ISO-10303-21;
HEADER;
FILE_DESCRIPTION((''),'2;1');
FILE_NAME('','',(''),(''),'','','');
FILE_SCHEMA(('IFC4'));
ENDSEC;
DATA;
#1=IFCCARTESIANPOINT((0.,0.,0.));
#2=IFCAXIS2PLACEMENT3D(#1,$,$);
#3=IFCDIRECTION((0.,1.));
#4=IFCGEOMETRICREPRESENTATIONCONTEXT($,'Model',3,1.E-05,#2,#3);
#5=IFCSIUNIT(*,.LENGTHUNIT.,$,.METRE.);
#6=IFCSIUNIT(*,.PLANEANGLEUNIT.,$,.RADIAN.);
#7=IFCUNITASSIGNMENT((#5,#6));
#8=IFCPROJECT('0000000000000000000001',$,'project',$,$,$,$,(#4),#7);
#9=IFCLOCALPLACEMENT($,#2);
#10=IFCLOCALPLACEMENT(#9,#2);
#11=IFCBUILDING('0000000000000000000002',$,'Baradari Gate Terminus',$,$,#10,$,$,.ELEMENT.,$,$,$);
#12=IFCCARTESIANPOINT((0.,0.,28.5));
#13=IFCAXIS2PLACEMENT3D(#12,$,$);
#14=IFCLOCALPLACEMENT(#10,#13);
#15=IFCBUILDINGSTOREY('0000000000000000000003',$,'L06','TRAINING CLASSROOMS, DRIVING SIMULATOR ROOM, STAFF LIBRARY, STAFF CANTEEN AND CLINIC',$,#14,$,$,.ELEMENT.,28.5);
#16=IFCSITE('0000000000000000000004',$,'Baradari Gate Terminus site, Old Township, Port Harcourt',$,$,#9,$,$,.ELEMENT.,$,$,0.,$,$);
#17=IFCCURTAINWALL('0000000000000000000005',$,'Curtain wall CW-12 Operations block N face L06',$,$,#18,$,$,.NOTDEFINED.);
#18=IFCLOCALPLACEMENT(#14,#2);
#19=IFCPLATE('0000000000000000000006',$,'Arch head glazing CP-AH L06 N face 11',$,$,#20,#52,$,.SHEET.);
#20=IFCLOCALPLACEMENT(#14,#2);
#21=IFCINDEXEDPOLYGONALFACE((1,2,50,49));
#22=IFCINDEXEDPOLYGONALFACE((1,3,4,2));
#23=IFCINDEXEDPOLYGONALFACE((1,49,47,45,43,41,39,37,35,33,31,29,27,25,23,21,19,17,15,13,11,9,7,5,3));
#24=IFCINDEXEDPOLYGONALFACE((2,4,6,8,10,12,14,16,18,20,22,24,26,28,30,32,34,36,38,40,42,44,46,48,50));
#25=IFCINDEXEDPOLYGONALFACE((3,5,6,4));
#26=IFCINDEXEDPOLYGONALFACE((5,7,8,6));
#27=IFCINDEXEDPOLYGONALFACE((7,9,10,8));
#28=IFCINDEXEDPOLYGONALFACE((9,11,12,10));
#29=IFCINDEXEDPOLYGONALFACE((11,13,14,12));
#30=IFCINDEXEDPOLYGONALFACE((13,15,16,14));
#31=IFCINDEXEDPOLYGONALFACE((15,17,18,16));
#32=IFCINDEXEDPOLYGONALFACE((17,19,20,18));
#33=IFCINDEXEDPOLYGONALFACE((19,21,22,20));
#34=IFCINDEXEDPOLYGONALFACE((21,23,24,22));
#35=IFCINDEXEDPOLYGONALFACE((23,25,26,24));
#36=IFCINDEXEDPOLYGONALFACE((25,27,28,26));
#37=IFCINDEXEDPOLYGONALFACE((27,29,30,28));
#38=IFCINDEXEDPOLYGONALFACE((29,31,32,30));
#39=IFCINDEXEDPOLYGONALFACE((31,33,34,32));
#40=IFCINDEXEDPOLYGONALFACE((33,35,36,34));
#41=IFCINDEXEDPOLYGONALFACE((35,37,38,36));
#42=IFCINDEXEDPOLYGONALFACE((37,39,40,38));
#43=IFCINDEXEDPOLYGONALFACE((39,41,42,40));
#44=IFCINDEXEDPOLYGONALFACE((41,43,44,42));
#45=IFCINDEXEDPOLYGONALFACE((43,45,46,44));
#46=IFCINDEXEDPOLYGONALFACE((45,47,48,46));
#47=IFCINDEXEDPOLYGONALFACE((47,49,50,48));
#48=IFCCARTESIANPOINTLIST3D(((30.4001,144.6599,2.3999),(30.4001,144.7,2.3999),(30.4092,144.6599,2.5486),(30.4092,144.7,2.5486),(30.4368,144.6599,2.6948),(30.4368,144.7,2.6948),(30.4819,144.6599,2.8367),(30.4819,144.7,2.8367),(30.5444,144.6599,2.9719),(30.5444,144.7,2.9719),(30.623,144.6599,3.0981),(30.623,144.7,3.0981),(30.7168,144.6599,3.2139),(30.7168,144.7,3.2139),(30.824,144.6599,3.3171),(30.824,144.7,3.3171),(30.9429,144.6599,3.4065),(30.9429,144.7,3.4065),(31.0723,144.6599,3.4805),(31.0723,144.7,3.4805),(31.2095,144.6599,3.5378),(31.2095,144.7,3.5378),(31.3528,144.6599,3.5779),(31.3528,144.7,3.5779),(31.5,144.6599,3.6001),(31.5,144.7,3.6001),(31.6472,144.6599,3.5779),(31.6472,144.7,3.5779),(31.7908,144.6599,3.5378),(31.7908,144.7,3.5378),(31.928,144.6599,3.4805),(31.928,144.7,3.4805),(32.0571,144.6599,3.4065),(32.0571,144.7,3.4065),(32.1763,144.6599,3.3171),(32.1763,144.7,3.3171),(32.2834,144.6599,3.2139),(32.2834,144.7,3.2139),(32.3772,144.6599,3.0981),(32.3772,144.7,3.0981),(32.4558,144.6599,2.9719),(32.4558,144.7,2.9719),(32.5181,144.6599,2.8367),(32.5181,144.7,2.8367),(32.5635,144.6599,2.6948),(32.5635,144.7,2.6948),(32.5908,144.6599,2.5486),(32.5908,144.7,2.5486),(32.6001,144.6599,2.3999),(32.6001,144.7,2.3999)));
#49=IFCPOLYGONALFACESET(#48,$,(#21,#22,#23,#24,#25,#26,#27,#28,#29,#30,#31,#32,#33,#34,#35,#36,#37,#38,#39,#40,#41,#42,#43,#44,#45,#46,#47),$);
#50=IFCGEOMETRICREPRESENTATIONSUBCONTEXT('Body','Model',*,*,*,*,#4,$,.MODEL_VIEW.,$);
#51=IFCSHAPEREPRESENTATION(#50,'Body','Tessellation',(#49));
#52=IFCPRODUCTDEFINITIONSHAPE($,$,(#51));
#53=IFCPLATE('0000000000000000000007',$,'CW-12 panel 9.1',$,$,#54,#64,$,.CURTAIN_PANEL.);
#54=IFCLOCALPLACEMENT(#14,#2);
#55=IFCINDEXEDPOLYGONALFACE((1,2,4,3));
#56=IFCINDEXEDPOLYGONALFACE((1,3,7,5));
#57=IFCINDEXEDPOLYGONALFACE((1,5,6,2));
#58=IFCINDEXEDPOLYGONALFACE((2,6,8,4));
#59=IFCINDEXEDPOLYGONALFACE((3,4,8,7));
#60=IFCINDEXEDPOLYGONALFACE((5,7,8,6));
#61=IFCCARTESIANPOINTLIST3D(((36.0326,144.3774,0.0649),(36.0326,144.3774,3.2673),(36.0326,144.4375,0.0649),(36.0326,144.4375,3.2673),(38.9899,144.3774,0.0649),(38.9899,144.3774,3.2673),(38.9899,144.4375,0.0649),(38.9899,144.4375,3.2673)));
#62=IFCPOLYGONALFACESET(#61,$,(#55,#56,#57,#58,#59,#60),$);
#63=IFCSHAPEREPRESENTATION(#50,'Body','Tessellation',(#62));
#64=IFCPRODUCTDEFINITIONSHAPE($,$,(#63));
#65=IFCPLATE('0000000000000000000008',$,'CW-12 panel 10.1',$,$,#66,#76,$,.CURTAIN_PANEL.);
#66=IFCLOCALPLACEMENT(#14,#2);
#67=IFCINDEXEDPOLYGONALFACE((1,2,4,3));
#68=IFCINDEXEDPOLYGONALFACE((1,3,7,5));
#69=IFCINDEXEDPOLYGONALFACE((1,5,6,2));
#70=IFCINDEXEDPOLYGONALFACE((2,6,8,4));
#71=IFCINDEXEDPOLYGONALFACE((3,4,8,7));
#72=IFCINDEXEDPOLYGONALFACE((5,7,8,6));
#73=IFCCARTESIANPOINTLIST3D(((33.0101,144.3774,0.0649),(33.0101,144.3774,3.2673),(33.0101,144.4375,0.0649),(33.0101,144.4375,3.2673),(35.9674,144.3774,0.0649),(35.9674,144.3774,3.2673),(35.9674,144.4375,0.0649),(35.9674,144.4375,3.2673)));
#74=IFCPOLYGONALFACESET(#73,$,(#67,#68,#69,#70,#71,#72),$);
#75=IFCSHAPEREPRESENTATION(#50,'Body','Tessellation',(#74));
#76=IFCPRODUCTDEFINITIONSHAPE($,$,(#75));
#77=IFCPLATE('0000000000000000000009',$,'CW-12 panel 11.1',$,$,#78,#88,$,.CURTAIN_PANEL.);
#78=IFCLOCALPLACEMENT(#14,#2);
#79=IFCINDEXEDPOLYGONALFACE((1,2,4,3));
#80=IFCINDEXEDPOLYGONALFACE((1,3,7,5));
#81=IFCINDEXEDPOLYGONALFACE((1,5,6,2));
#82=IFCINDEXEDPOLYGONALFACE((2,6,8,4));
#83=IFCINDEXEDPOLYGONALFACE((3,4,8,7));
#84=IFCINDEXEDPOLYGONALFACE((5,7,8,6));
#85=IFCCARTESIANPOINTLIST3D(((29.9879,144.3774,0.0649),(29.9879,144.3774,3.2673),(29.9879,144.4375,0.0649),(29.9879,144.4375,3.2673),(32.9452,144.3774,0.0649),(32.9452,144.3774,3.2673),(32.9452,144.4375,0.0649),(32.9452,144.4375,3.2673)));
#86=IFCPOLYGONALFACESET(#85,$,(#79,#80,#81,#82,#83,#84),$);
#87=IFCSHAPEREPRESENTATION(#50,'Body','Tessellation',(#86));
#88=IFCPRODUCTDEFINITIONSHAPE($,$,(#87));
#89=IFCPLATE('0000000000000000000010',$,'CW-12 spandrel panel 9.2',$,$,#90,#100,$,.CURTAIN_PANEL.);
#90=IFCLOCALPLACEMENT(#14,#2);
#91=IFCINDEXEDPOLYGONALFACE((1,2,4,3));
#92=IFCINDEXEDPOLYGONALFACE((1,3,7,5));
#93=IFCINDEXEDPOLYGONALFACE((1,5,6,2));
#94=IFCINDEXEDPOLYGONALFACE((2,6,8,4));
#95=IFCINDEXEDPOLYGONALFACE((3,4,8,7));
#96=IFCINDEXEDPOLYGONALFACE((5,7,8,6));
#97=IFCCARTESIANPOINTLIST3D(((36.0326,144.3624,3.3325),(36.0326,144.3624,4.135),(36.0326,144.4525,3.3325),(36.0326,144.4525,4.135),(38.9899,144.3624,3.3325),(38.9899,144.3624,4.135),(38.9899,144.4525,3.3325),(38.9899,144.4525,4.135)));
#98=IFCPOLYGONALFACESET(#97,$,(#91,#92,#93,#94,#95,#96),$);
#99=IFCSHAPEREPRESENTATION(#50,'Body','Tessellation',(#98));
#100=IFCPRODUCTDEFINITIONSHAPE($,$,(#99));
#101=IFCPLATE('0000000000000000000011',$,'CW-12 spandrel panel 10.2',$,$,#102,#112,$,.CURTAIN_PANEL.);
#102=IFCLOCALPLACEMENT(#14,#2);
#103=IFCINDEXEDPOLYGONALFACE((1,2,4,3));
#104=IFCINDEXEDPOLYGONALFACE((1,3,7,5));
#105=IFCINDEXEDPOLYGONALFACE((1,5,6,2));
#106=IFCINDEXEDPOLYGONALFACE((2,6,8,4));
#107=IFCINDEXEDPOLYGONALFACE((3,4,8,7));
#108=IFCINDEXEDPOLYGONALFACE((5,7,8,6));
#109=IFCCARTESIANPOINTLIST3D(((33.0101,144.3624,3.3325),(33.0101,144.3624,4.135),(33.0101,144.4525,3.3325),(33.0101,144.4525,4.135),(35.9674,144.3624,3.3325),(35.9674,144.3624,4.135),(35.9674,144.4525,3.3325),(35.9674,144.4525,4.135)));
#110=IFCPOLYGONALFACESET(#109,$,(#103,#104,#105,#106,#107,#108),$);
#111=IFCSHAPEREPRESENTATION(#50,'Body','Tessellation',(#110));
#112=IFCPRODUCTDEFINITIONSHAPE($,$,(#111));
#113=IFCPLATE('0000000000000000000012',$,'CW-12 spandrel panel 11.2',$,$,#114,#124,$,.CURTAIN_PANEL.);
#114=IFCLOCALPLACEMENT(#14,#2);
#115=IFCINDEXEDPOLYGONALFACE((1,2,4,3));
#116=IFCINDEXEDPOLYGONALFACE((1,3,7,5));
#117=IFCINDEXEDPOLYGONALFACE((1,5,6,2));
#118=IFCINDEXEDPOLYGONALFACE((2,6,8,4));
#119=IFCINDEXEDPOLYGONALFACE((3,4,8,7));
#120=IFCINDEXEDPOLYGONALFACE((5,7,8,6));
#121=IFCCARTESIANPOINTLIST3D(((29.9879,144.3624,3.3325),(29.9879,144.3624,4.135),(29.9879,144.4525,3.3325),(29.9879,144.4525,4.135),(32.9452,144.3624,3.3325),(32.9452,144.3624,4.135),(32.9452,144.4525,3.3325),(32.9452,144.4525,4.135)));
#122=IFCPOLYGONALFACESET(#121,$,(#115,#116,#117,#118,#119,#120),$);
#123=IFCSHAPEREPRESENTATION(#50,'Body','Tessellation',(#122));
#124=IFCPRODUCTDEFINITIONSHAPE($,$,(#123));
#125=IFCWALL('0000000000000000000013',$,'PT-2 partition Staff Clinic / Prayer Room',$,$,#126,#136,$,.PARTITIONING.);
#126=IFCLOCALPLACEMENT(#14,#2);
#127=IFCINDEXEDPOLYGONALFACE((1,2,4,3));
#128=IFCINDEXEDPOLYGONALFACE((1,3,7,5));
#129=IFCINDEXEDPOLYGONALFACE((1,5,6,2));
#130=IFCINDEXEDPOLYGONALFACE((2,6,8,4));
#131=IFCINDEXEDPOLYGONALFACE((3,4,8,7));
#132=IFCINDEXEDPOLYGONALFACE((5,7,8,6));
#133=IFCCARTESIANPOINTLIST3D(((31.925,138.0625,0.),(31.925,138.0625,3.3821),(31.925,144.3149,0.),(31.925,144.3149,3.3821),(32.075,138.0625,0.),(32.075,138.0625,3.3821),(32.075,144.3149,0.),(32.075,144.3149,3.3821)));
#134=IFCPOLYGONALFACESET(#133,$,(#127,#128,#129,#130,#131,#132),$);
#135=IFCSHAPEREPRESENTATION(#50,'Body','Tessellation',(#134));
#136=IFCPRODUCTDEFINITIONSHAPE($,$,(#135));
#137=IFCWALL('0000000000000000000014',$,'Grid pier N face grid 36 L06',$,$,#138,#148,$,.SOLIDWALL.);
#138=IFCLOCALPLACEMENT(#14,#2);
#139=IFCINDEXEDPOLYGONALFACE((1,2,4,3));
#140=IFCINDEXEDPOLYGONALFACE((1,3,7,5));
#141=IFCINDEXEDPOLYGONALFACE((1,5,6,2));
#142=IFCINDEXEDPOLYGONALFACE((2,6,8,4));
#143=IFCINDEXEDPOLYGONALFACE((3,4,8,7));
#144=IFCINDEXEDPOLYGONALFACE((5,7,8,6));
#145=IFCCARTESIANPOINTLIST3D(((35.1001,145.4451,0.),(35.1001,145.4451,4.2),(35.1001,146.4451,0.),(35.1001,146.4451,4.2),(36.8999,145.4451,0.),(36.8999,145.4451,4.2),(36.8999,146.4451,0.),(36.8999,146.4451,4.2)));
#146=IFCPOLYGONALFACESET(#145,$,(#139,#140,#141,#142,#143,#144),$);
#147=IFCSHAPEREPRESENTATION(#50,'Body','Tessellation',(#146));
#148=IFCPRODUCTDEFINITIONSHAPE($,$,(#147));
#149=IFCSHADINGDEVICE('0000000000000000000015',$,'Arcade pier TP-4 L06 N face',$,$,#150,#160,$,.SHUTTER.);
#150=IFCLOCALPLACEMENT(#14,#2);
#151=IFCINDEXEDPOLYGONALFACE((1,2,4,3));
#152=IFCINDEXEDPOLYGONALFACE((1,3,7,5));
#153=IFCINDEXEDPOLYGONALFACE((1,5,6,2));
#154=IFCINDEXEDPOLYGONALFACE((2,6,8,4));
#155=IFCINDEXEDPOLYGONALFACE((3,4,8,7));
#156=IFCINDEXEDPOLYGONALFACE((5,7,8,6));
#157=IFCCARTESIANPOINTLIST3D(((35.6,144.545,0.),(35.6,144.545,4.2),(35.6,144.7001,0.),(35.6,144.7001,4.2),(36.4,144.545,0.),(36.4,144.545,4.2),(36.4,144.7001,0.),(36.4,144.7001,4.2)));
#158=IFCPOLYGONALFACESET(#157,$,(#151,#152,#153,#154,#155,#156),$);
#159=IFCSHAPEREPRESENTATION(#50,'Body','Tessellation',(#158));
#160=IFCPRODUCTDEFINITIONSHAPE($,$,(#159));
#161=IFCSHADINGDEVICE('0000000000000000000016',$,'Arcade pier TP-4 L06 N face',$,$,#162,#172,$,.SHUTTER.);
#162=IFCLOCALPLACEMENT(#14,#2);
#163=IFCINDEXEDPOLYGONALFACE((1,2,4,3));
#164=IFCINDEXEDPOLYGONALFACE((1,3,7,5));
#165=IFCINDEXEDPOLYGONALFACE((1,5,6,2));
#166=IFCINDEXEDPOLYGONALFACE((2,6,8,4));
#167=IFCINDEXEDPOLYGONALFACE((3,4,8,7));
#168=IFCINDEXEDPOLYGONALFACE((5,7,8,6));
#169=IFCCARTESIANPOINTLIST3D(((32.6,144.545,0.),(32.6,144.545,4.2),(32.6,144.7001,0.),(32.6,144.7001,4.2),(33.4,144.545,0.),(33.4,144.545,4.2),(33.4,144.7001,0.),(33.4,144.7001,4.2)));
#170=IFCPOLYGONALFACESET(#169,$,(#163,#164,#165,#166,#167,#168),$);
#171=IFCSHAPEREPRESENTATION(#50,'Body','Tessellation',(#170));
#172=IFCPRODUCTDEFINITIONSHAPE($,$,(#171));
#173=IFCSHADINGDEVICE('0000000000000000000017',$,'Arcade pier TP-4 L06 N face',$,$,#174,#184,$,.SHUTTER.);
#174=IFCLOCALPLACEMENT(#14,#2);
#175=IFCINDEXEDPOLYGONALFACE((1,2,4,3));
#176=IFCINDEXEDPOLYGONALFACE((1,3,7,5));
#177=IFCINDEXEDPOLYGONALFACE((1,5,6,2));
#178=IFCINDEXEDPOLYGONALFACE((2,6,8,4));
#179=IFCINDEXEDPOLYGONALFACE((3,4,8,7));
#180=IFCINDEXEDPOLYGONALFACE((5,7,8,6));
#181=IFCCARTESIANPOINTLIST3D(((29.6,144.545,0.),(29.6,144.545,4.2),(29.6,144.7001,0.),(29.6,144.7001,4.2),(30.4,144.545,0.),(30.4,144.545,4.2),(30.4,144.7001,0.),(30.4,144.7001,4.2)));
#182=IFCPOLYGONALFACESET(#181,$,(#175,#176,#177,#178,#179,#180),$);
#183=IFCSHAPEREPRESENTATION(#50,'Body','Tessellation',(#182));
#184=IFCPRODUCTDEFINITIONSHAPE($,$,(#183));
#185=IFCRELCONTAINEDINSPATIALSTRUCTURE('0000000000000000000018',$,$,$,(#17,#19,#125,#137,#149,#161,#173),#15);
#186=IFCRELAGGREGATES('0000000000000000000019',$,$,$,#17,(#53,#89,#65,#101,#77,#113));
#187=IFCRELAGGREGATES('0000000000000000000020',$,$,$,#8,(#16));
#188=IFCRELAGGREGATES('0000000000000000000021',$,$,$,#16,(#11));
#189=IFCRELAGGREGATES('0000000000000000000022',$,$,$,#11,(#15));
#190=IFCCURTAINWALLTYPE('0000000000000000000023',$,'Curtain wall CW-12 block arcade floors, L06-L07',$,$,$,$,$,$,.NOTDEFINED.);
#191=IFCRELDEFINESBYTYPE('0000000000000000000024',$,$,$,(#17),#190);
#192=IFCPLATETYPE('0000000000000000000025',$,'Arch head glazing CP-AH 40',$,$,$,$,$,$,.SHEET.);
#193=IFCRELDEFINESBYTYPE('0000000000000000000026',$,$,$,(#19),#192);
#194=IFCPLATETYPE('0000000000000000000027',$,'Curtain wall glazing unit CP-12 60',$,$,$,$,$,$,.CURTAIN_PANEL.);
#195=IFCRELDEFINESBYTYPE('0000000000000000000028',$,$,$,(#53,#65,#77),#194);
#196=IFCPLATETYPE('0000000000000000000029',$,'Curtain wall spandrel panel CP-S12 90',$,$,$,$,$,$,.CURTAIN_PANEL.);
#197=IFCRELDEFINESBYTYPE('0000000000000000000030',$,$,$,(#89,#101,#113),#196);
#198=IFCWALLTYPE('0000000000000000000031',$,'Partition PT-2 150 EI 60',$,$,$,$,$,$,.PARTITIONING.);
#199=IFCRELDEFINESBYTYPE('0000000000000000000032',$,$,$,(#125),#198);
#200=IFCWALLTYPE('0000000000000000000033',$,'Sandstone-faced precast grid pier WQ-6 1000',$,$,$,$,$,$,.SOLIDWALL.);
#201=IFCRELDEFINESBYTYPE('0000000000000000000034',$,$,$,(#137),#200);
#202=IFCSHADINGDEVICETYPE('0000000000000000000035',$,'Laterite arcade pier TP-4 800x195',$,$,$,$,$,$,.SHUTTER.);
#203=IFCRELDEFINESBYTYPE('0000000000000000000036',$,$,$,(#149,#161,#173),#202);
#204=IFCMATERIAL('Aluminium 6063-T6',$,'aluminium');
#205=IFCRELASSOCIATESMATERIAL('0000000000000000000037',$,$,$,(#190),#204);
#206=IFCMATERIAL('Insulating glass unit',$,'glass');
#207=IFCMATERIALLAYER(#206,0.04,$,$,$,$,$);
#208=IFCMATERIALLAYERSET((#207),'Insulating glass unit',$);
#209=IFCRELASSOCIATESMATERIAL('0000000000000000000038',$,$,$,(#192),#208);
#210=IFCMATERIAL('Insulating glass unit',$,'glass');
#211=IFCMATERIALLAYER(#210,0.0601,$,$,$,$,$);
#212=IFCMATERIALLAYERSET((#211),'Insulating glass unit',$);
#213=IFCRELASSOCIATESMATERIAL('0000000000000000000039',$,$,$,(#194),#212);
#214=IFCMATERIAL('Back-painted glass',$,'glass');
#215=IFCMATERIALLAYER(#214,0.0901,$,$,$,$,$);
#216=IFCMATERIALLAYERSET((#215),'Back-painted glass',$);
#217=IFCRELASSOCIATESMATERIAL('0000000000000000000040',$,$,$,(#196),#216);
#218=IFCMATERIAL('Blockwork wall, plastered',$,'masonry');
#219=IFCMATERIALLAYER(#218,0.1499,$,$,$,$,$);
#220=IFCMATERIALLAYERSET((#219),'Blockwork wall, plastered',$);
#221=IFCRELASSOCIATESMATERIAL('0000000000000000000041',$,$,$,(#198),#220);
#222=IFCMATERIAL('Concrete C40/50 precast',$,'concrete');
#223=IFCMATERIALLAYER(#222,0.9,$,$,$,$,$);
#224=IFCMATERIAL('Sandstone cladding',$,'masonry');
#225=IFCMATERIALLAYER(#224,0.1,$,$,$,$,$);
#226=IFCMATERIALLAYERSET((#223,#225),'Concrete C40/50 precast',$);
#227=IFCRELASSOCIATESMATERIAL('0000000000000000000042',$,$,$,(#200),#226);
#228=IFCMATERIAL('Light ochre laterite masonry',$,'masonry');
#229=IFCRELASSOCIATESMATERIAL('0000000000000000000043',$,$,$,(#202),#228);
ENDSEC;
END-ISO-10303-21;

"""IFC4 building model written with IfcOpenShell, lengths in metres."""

from ifc_helpers import new_model, si_unit, direction, frame, frame_2d, origin, origin_2d, place, context, subcontext, project, spatial, polyline, rectangle, outline, extrude, material, layer, layer_set, type_object, element, aggregate, save


model = new_model("IFC4")

# Units and contexts
model_context = context("Model", 3, precision=1e-05, world=origin(), true_north=direction((0.0, 1.0)))
body_context = subcontext(model_context, "Body", "Model", "MODEL_VIEW")
ifc_project = project(units=[si_unit("LENGTHUNIT", "METRE"), si_unit("PLANEANGLEUNIT", "RADIAN")], contexts=[model_context])

# Site, building, storey
site_placement = place(None, origin())
site = spatial("IfcSite", under=ifc_project, at=site_placement, Name="Baradari Gate Terminus site, Old Township, Port Harcourt", CompositionType="ELEMENT", RefElevation=0.0)
building_placement = place(site_placement, origin())
building = spatial("IfcBuilding", under=site, at=building_placement, Name="Baradari Gate Terminus", CompositionType="ELEMENT")
storey_placement = place(building_placement, frame((0.0, 0.0, 28.5)))
storey = spatial("IfcBuildingStorey", under=building, at=storey_placement, Name="L06", Description="TRAINING CLASSROOMS, DRIVING SIMULATOR ROOM, STAFF LIBRARY, STAFF CANTEEN AND CLINIC", CompositionType="ELEMENT", Elevation=28.5)

# Curtain wall
ifc_material_1 = material(Name="Aluminium 6063-T6", Category="aluminium")
curtain_wall_type = type_object("IfcCurtainWallType", Name="Curtain wall CW-12 block arcade floors, L06-L07", PredefinedType="NOTDEFINED", material=ifc_material_1)
curtain_wall_placement = place(storey_placement, origin())
curtain_wall = element("IfcCurtainWall", 1, at=curtain_wall_placement, inside=storey, type_object=curtain_wall_type, Name="Curtain wall CW-12 Operations block N face L06", PredefinedType="NOTDEFINED")

# Plate
ifc_material_2 = material(Name="Insulating glass unit", Category="glass")
ifc_layer_1 = layer(ifc_material_2, 0.04)
ifc_layer_set_1 = layer_set([ifc_layer_1], Name="Insulating glass unit")
plate_type_1 = type_object("IfcPlateType", Name="Arch head glazing CP-AH 40", PredefinedType="SHEET", material=ifc_layer_set_1)
for number, where, z_axis, x_axis, name in (
    (2, (32.6001, 144.6799, 2.3999), (0.0, 0.0, 1.0), (-1.0, 0.0, 0.0), "Arch head glazing CP-AH L06 N face 11"),
):
    element("IfcPlate", number, at=place(storey_placement, frame(where, z_axis=z_axis, x_axis=x_axis)), inside=storey, type_object=plate_type_1, Name=name, PredefinedType="SHEET", context=body_context, shape_type="SweptSolid", body=[
        extrude(outline(polyline([(0.0, 0.0), (2.2, 0.0), (2.1909, 0.1487), (2.1633, 0.2949), (2.1182, 0.4368), (2.0557, 0.572), (1.9771, 0.6982), (1.8833, 0.814), (1.7761, 0.9172), (1.6572, 1.0066), (1.5278, 1.0806), (1.3906, 1.1379), (1.2473, 1.178), (1.1001, 1.2002), (0.9529, 1.178), (0.8093, 1.1379), (0.6721, 1.0806), (0.543, 1.0066), (0.4238, 0.9172), (0.3167, 0.814), (0.2229, 0.6982), (0.1443, 0.572), (0.082, 0.4368), (0.0366, 0.2949), (0.0093, 0.1487), (0.0, 0.0)])), frame((0.0, 0.02, 0.0), z_axis=(0.0, -1.0, 0.0), x_axis=(1.0, 0.0, 0.0)), (0.0, 0.0, 1.0), 0.04),
    ])

# Plates
ifc_material_3 = material(Name="Insulating glass unit", Category="glass")
ifc_layer_2 = layer(ifc_material_3, 0.0601)
ifc_layer_set_2 = layer_set([ifc_layer_2], Name="Insulating glass unit")
plate_type_2 = type_object("IfcPlateType", Name="Curtain wall glazing unit CP-12 60", PredefinedType="CURTAIN_PANEL", material=ifc_layer_set_2)
plate_1_placement = place(storey_placement, frame((37.5112, 144.4075, 0.0649), z_axis=(0.0, 0.0, 1.0), x_axis=(-1.0, 0.0, 0.0)))
plate_1 = element("IfcPlate", 3, at=plate_1_placement, type_object=plate_type_2, Name="CW-12 panel 9.1", PredefinedType="CURTAIN_PANEL", context=body_context, shape_type="SweptSolid", body=[
    extrude(rectangle(XDim=2.9573, YDim=0.0601, at=origin_2d()), origin(), (0.0, 0.0, 1.0), 3.2024),
])
plate_2_placement = place(storey_placement, frame((34.4888, 144.4075, 0.0649), z_axis=(0.0, 0.0, 1.0), x_axis=(-1.0, 0.0, 0.0)))
plate_2 = element("IfcPlate", 4, at=plate_2_placement, type_object=plate_type_2, Name="CW-12 panel 10.1", PredefinedType="CURTAIN_PANEL", context=body_context, shape_type="SweptSolid", body=[
    extrude(rectangle(XDim=2.9573, YDim=0.0601, at=origin_2d()), origin(), (0.0, 0.0, 1.0), 3.2024),
])
plate_3_placement = place(storey_placement, frame((31.4666, 144.4075, 0.0649), z_axis=(0.0, 0.0, 1.0), x_axis=(-1.0, 0.0, 0.0)))
plate_3 = element("IfcPlate", 5, at=plate_3_placement, type_object=plate_type_2, Name="CW-12 panel 11.1", PredefinedType="CURTAIN_PANEL", context=body_context, shape_type="SweptSolid", body=[
    extrude(rectangle(XDim=2.9573, YDim=0.0601, at=origin_2d()), origin(), (0.0, 0.0, 1.0), 3.2024),
])
ifc_material_4 = material(Name="Back-painted glass", Category="glass")
ifc_layer_3 = layer(ifc_material_4, 0.0901)
ifc_layer_set_3 = layer_set([ifc_layer_3], Name="Back-painted glass")
plate_type_3 = type_object("IfcPlateType", Name="Curtain wall spandrel panel CP-S12 90", PredefinedType="CURTAIN_PANEL", material=ifc_layer_set_3)
plate_4_placement = place(storey_placement, frame((37.5112, 144.4075, 3.3325), z_axis=(0.0, 0.0, 1.0), x_axis=(-1.0, 0.0, 0.0)))
plate_4 = element("IfcPlate", 6, at=plate_4_placement, type_object=plate_type_3, Name="CW-12 spandrel panel 9.2", PredefinedType="CURTAIN_PANEL", context=body_context, shape_type="SweptSolid", body=[
    extrude(rectangle(XDim=2.9573, YDim=0.0901, at=origin_2d()), origin(), (0.0, 0.0, 1.0), 0.8025),
])
plate_5_placement = place(storey_placement, frame((34.4888, 144.4075, 3.3325), z_axis=(0.0, 0.0, 1.0), x_axis=(-1.0, 0.0, 0.0)))
plate_5 = element("IfcPlate", 7, at=plate_5_placement, type_object=plate_type_3, Name="CW-12 spandrel panel 10.2", PredefinedType="CURTAIN_PANEL", context=body_context, shape_type="SweptSolid", body=[
    extrude(rectangle(XDim=2.9573, YDim=0.0901, at=origin_2d()), origin(), (0.0, 0.0, 1.0), 0.8025),
])
plate_6_placement = place(storey_placement, frame((31.4666, 144.4075, 3.3325), z_axis=(0.0, 0.0, 1.0), x_axis=(-1.0, 0.0, 0.0)))
plate_6 = element("IfcPlate", 8, at=plate_6_placement, type_object=plate_type_3, Name="CW-12 spandrel panel 11.2", PredefinedType="CURTAIN_PANEL", context=body_context, shape_type="SweptSolid", body=[
    extrude(rectangle(XDim=2.9573, YDim=0.0901, at=origin_2d()), origin(), (0.0, 0.0, 1.0), 0.8025),
])
aggregate(curtain_wall, [plate_1, plate_4, plate_2, plate_5, plate_3, plate_6])

# Walls
ifc_material_5 = material(Name="Blockwork wall, plastered", Category="masonry")
ifc_layer_4 = layer(ifc_material_5, 0.1499)
ifc_layer_set_4 = layer_set([ifc_layer_4], Name="Blockwork wall, plastered")
wall_type_1 = type_object("IfcWallType", Name="Partition PT-2 150 EI 60", PredefinedType="PARTITIONING", material=ifc_layer_set_4)
wall_1_placement = place(storey_placement, frame((32.0, 144.3149, 0.0), z_axis=(0.0, 0.0, 1.0), x_axis=(0.0, -1.0, 0.0)))
element("IfcWall", 9, at=wall_1_placement, inside=storey, type_object=wall_type_1, Name="PT-2 partition Staff Clinic / Prayer Room", PredefinedType="PARTITIONING", context=body_context, shape_type="SweptSolid", body=[
    extrude(rectangle(XDim=6.2524, YDim=0.1499, at=frame_2d((3.1262, 0.0))), origin(), (0.0, 0.0, 1.0), 3.3821),
])
ifc_material_6 = material(Name="Concrete C40/50 precast", Category="concrete")
ifc_layer_5 = layer(ifc_material_6, 0.9)
ifc_material_7 = material(Name="Sandstone cladding", Category="masonry")
ifc_layer_6 = layer(ifc_material_7, 0.1)
ifc_layer_set_5 = layer_set([ifc_layer_5, ifc_layer_6], Name="Concrete C40/50 precast")
wall_type_2 = type_object("IfcWallType", Name="Sandstone-faced precast grid pier WQ-6 1000", PredefinedType="SOLIDWALL", material=ifc_layer_set_5)
wall_2_placement = place(storey_placement, frame((35.1001, 145.9451, 0.0), z_axis=(0.0, 0.0, 1.0), x_axis=(1.0, 0.0, 0.0)))
element("IfcWall", 10, at=wall_2_placement, inside=storey, type_object=wall_type_2, Name="Grid pier N face grid 36 L06", PredefinedType="SOLIDWALL", context=body_context, shape_type="SweptSolid", body=[
    extrude(rectangle(XDim=1.7998, YDim=1.0, at=frame_2d((0.8999, 0.0))), origin(), (0.0, 0.0, 1.0), 4.2),
])

# Shading devices
ifc_material_8 = material(Name="Light ochre laterite masonry", Category="masonry")
shading_device_type = type_object("IfcShadingDeviceType", Name="Laterite arcade pier TP-4 800x195", PredefinedType="SHUTTER", material=ifc_material_8)
for number, where, z_axis, x_axis, name in (
    (11, (36.0, 144.6226, 0.0), (0.0, 0.0, 1.0), (-1.0, 0.0, 0.0), "Arcade pier TP-4 L06 N face"),
    (12, (33.0, 144.6226, 0.0), (0.0, 0.0, 1.0), (-1.0, 0.0, 0.0), "Arcade pier TP-4 L06 N face"),
    (13, (30.0, 144.6226, 0.0), (0.0, 0.0, 1.0), (-1.0, 0.0, 0.0), "Arcade pier TP-4 L06 N face"),
):
    element("IfcShadingDevice", number, at=place(storey_placement, frame(where, z_axis=z_axis, x_axis=x_axis)), inside=storey, type_object=shading_device_type, Name=name, PredefinedType="SHUTTER", context=body_context, shape_type="SweptSolid", body=[
        extrude(rectangle(XDim=0.8, YDim=0.155, at=origin_2d()), origin(), (0.0, 0.0, 1.0), 4.2),
    ])

save(model, "model.ifc")
